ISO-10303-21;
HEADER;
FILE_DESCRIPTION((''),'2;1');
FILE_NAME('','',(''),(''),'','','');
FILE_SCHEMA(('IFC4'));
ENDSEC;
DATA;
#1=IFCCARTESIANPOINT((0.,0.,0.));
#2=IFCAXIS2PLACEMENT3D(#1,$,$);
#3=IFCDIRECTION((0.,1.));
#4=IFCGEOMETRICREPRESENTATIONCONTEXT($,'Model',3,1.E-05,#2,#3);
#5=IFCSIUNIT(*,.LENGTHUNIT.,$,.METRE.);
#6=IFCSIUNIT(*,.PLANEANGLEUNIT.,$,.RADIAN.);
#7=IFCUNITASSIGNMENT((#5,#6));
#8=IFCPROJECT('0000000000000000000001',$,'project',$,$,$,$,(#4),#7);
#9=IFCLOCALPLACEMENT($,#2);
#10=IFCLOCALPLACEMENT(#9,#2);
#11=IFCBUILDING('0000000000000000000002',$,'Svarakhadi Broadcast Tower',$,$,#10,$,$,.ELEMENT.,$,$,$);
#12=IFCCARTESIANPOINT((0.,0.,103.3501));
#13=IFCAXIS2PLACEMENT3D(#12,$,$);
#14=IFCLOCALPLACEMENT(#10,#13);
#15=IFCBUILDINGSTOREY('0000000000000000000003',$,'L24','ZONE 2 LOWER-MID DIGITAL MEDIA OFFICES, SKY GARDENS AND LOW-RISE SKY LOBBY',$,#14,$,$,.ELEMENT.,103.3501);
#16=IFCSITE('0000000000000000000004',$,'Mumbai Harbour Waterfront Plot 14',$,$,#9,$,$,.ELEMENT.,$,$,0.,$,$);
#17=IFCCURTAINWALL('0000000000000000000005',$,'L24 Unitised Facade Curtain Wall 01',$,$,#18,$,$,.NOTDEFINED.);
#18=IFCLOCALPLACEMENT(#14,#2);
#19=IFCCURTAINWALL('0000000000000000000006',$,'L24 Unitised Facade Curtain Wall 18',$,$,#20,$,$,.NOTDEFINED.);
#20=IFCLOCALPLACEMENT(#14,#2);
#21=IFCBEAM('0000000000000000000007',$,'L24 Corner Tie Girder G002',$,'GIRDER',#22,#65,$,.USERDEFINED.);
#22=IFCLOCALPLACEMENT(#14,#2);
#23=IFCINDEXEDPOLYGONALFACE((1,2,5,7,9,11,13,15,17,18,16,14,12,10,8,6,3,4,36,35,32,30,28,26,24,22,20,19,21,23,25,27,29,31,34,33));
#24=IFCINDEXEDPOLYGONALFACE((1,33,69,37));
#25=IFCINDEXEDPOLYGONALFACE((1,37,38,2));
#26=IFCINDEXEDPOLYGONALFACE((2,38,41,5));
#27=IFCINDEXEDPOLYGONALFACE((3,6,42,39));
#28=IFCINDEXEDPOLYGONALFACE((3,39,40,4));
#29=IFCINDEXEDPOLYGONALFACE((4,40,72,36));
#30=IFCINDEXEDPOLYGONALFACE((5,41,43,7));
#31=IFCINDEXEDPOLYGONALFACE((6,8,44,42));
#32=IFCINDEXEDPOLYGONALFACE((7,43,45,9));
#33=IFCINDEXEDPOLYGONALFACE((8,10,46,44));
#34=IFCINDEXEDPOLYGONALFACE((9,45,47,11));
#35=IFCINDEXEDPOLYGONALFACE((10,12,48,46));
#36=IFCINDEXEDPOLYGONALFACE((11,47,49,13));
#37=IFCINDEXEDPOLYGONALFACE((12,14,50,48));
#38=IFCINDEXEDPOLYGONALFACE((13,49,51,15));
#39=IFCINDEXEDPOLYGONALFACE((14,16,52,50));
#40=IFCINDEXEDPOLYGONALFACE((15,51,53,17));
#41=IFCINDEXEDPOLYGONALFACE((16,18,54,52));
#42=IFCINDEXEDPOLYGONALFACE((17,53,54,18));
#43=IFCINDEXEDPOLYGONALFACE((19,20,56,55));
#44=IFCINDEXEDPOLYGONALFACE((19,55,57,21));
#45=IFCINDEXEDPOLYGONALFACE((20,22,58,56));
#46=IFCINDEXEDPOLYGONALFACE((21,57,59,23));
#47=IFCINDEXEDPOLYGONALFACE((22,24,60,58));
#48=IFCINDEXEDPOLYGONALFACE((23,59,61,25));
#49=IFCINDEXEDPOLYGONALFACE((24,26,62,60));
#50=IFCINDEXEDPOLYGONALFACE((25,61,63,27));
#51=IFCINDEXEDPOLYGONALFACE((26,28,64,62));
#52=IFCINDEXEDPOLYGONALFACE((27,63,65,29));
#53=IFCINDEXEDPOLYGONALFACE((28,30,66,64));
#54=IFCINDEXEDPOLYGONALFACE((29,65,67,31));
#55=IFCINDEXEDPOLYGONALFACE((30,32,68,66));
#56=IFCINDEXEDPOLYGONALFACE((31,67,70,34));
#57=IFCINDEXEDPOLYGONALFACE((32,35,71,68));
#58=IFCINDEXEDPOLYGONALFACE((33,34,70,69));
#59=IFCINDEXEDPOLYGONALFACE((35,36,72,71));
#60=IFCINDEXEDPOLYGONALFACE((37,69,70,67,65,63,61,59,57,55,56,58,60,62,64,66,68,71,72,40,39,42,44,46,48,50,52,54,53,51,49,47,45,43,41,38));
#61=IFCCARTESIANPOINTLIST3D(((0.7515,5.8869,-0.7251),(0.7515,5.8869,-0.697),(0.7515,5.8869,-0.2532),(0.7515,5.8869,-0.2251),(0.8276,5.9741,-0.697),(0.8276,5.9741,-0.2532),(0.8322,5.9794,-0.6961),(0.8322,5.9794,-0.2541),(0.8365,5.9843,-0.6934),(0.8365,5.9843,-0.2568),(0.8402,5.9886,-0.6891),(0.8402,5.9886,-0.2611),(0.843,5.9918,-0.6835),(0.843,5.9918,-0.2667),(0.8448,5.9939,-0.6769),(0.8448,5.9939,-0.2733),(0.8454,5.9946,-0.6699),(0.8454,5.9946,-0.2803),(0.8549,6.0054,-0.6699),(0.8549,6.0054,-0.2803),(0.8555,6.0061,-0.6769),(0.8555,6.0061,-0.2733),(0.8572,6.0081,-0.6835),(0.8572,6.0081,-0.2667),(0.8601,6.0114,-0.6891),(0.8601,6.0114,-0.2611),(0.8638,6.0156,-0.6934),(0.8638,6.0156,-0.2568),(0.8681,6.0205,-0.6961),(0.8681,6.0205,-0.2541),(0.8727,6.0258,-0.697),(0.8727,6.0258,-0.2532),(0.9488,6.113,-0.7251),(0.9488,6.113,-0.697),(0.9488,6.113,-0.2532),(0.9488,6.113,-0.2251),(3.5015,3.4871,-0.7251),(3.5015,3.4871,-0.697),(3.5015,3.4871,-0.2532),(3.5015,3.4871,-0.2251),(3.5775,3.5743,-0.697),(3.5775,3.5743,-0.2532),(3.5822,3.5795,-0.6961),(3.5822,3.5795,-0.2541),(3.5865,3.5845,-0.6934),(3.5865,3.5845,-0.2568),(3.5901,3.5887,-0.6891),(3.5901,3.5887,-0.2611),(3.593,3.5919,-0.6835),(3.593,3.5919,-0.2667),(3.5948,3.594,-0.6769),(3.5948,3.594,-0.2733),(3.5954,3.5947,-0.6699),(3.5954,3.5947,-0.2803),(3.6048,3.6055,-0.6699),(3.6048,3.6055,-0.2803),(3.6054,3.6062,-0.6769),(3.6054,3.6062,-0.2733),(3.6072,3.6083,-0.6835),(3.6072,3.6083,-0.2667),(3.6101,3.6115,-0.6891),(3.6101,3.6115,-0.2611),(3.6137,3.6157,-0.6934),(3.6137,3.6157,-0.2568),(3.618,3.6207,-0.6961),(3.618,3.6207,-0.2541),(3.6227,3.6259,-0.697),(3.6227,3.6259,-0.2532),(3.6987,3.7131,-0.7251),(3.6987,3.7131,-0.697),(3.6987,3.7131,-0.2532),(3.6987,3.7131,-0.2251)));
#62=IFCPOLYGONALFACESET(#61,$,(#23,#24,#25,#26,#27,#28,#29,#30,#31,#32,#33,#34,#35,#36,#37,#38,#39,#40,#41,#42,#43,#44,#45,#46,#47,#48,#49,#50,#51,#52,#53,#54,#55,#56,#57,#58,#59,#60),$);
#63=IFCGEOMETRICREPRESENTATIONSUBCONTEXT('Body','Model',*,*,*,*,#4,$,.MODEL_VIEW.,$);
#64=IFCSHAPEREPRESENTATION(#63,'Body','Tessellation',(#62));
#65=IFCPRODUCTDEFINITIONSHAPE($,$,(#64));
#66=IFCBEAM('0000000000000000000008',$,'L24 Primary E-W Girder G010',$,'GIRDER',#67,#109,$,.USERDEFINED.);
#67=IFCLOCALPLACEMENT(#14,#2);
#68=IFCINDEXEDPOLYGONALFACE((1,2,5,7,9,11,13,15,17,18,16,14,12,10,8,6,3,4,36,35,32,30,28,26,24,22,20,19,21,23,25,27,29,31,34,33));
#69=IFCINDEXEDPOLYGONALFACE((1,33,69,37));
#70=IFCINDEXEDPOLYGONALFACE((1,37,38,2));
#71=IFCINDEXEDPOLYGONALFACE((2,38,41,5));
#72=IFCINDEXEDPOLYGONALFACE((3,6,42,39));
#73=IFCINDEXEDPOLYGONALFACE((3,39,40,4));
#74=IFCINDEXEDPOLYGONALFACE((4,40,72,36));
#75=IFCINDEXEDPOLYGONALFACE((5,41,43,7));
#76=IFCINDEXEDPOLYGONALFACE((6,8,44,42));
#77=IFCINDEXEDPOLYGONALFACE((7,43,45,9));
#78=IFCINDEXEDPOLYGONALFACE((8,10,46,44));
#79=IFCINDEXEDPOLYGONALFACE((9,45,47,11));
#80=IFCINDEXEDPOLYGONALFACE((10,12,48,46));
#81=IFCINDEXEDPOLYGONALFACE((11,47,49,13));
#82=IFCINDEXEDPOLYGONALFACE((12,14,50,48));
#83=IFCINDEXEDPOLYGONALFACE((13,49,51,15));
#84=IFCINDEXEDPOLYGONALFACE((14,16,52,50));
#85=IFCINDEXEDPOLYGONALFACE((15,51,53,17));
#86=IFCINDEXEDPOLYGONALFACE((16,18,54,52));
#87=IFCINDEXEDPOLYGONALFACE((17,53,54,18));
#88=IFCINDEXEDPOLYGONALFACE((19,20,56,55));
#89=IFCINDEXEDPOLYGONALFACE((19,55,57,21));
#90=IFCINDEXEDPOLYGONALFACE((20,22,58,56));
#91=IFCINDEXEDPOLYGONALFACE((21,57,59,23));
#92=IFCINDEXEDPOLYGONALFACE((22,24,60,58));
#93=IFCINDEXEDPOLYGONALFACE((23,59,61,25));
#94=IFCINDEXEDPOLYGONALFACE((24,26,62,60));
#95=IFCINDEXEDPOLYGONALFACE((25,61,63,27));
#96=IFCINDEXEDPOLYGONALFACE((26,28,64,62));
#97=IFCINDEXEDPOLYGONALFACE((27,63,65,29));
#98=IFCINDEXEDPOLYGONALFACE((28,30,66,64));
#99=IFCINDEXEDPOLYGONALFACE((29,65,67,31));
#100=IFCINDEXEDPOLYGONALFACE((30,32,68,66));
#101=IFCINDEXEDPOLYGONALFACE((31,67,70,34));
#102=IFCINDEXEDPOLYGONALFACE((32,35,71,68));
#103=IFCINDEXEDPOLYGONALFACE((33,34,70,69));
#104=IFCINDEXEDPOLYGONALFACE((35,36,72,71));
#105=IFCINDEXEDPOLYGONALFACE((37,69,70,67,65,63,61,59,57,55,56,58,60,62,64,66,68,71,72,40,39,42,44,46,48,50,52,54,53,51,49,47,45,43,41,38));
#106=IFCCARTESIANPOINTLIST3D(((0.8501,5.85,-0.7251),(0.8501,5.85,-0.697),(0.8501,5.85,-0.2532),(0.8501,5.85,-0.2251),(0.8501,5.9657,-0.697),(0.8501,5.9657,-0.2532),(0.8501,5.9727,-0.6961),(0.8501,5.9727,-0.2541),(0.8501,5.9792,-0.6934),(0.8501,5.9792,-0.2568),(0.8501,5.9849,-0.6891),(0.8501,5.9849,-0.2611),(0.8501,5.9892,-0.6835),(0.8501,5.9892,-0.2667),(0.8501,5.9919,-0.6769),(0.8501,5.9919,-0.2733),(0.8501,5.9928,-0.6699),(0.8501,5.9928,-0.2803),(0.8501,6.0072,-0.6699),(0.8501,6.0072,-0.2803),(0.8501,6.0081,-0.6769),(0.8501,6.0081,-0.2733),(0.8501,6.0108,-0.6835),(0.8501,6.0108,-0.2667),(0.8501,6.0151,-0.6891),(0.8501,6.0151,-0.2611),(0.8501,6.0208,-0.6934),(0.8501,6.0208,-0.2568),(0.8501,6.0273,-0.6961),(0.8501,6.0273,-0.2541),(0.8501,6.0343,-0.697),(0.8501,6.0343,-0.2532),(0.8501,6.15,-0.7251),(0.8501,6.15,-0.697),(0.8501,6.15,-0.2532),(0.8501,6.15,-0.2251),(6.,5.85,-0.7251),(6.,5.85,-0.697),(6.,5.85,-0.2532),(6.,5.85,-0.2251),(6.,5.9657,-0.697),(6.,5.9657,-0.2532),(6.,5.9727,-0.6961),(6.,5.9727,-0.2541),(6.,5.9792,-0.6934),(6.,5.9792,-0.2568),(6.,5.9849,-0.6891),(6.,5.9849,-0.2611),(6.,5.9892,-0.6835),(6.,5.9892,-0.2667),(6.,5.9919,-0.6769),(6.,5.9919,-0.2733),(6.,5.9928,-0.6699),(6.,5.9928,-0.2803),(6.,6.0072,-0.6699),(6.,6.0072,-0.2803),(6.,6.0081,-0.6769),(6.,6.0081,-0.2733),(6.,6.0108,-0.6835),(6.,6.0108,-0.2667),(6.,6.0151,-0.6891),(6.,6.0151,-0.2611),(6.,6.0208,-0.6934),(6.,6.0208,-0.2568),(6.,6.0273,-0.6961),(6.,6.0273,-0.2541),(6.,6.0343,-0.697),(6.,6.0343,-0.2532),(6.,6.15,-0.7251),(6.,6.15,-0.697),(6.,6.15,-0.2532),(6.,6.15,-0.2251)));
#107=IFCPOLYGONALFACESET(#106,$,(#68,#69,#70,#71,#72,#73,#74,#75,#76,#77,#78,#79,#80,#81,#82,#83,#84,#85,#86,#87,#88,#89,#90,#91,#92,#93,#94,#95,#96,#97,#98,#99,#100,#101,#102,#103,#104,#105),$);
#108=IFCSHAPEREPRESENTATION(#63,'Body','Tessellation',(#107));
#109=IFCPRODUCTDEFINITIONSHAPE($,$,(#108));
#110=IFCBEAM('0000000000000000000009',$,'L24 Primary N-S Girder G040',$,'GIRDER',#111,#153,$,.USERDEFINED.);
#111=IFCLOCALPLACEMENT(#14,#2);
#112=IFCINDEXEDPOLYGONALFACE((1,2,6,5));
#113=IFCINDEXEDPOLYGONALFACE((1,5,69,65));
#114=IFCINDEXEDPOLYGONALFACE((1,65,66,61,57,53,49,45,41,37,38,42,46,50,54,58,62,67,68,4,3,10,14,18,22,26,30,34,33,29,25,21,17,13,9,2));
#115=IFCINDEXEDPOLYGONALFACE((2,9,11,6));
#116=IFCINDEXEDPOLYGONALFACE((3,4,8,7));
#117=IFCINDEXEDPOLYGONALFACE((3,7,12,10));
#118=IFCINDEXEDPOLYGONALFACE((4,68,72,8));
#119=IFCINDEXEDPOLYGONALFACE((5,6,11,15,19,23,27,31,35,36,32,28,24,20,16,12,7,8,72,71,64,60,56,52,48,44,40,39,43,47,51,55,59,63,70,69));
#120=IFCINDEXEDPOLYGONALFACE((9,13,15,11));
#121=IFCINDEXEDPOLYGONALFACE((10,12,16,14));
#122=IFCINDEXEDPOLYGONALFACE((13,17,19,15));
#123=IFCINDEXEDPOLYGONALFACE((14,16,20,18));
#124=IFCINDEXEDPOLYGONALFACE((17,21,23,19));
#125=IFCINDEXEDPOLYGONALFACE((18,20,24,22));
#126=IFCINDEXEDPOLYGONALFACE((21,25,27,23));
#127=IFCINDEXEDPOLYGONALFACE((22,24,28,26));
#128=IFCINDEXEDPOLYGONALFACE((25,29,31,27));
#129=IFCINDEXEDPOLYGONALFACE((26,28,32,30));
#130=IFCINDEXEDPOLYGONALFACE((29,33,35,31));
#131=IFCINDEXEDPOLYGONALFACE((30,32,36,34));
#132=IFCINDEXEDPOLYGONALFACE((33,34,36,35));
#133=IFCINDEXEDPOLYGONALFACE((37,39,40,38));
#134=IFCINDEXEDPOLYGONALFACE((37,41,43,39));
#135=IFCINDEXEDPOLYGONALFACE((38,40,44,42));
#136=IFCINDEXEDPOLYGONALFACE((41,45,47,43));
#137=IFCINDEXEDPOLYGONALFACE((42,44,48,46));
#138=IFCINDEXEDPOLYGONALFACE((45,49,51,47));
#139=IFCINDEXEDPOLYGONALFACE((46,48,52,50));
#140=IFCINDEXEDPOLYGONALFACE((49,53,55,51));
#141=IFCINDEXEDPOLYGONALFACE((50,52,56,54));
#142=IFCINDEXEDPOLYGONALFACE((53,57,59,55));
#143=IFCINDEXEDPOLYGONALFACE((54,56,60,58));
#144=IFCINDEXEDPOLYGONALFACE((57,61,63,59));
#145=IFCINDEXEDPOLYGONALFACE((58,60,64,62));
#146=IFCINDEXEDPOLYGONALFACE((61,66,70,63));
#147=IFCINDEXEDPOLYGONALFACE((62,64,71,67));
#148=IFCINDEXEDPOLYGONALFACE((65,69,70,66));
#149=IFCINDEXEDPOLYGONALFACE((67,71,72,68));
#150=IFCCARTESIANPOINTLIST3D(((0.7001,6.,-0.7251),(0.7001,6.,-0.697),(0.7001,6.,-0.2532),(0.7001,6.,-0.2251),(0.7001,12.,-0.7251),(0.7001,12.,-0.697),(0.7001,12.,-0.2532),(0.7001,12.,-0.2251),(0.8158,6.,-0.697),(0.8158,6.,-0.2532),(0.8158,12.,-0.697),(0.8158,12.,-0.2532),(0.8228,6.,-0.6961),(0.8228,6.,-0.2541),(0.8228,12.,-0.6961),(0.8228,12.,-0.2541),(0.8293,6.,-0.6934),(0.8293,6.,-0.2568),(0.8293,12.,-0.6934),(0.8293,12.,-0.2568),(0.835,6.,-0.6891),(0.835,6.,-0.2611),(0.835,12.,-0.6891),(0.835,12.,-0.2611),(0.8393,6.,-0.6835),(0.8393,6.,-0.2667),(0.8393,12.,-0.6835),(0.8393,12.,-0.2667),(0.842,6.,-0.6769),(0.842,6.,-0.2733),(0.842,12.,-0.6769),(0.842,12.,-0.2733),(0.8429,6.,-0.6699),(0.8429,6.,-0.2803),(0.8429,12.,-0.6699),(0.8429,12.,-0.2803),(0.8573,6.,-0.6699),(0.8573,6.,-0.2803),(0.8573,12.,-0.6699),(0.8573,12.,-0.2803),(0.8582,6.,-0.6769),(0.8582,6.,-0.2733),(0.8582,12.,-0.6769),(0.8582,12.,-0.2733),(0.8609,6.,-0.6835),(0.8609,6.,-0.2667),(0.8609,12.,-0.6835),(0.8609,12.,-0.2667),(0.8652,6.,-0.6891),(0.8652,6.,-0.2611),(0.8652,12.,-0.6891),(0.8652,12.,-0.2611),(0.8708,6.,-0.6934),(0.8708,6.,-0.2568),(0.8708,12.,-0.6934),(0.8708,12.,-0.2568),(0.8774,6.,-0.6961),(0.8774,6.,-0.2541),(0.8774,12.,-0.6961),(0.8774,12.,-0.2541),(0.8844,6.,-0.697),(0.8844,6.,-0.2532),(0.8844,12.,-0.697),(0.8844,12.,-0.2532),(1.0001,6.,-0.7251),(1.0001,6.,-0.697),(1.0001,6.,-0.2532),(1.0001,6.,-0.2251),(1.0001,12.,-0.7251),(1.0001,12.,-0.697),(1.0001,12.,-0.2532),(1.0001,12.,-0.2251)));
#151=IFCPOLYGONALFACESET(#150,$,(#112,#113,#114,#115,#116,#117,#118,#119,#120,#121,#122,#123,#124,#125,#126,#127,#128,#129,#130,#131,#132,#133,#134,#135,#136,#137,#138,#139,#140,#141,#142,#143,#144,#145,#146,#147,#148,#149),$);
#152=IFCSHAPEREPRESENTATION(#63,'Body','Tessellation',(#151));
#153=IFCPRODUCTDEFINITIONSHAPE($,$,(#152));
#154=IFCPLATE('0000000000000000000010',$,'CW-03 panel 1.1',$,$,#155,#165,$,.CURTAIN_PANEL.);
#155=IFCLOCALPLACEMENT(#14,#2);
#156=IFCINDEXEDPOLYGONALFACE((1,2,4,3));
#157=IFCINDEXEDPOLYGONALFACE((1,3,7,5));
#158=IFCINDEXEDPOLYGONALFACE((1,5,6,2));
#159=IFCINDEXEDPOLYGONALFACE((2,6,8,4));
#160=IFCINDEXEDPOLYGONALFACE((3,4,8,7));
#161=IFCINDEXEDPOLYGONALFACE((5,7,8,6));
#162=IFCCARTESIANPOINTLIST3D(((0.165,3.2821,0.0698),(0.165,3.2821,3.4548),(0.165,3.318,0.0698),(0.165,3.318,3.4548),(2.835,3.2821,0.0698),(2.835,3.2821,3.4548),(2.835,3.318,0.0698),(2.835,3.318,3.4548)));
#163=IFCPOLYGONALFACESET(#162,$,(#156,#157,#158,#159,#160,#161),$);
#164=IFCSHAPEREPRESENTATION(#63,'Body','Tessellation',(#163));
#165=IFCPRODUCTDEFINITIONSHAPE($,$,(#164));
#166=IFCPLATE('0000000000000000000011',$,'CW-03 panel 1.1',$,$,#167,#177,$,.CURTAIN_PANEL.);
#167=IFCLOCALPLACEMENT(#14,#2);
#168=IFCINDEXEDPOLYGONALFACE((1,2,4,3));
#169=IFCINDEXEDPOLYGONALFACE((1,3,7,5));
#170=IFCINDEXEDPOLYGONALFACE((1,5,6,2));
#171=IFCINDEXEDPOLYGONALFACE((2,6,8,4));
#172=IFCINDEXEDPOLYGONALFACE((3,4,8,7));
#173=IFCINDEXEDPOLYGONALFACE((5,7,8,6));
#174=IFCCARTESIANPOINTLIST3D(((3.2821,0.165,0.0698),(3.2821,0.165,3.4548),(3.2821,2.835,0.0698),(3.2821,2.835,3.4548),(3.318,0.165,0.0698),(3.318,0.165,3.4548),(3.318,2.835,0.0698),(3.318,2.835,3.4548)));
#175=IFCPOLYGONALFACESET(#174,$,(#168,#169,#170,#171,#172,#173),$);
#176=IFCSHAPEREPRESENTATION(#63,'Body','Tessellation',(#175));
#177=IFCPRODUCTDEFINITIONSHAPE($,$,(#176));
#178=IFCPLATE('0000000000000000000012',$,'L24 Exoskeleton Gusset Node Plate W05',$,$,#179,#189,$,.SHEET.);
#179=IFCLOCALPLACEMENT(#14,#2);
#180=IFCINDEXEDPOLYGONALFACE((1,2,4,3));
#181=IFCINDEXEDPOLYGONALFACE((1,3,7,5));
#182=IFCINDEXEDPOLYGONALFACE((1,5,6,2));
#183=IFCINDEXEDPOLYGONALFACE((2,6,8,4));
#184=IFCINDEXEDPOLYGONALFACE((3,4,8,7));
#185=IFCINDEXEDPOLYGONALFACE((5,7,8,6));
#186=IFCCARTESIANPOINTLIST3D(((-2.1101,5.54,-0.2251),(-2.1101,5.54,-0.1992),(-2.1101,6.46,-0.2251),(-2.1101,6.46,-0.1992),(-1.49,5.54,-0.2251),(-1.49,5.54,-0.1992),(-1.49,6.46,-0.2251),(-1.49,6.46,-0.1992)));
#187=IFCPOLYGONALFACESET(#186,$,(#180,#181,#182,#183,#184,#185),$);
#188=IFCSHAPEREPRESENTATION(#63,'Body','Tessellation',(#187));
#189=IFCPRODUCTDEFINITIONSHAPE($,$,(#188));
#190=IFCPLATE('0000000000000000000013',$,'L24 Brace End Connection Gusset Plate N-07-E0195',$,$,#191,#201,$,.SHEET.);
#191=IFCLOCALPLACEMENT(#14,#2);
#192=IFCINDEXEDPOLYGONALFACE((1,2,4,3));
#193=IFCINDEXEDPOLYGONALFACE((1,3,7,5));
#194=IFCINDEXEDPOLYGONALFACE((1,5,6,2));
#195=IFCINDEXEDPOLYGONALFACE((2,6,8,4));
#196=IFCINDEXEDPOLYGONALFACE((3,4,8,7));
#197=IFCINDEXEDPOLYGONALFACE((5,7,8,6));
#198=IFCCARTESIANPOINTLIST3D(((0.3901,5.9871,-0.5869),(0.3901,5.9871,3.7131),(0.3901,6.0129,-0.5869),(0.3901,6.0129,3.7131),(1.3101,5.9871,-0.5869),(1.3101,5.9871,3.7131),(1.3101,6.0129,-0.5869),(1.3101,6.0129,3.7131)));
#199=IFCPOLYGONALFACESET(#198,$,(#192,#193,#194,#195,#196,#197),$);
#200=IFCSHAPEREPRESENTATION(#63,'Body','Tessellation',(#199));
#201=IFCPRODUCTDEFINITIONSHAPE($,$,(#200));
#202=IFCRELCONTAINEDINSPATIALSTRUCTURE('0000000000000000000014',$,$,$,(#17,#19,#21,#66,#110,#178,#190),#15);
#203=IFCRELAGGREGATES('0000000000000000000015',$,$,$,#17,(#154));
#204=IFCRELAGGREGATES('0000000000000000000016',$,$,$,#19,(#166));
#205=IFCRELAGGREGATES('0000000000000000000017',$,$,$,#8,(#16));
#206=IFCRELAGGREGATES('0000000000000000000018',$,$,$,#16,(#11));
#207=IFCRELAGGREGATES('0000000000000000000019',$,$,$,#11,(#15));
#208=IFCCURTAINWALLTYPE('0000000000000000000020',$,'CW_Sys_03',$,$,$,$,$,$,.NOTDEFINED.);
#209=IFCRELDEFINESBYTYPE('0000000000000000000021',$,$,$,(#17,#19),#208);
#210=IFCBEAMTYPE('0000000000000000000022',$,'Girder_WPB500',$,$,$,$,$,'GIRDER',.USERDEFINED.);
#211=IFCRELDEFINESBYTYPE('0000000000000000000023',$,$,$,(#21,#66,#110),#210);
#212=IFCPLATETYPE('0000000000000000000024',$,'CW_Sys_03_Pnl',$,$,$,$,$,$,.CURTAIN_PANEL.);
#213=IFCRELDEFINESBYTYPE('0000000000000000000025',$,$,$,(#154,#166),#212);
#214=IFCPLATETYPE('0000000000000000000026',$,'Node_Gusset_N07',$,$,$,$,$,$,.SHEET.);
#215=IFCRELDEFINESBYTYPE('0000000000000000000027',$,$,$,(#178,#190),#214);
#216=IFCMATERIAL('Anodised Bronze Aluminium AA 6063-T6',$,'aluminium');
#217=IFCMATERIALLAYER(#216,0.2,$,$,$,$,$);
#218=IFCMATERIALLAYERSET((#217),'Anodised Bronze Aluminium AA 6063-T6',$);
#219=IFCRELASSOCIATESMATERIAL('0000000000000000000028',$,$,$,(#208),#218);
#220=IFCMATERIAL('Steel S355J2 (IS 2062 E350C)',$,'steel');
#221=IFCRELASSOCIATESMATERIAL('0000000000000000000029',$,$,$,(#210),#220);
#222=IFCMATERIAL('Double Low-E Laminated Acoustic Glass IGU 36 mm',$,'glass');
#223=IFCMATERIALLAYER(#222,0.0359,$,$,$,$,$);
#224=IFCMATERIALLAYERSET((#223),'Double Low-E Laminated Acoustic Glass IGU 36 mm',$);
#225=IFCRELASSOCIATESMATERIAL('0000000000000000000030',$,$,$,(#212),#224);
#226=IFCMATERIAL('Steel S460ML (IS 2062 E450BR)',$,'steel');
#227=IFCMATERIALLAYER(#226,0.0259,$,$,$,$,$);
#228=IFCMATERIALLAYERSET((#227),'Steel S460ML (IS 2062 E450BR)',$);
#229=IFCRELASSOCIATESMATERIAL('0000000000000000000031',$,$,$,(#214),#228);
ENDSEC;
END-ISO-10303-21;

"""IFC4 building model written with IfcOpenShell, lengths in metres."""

from ifc_helpers import new_model, si_unit, direction, frame, origin, origin_2d, place, context, subcontext, project, spatial, rectangle, i_section, extrude, material, layer, layer_set, material_profile, profile_set, type_object, element, aggregate, save


model = new_model("IFC4")

# Units and contexts
model_context = context("Model", 3, precision=1e-05, world=origin(), true_north=direction((0.0, 1.0)))
body_context = subcontext(model_context, "Body", "Model", "MODEL_VIEW")
ifc_project = project(units=[si_unit("LENGTHUNIT", "METRE"), si_unit("PLANEANGLEUNIT", "RADIAN")], contexts=[model_context])

# Site, building, storey
site_placement = place(None, origin())
site = spatial("IfcSite", under=ifc_project, at=site_placement, Name="Mumbai Harbour Waterfront Plot 14", CompositionType="ELEMENT", RefElevation=0.0)
building_placement = place(site_placement, origin())
building = spatial("IfcBuilding", under=site, at=building_placement, Name="Svarakhadi Broadcast Tower", CompositionType="ELEMENT")
storey_placement = place(building_placement, frame((0.0, 0.0, 103.3501)))
storey = spatial("IfcBuildingStorey", under=building, at=storey_placement, Name="L24", Description="ZONE 2 LOWER-MID DIGITAL MEDIA OFFICES, SKY GARDENS AND LOW-RISE SKY LOBBY", CompositionType="ELEMENT", Elevation=103.3501)

# Shared definitions
ifc_material_1 = material(Name="Steel S460ML (IS 2062 E450BR)", Category="steel")

# Curtain wall
ifc_material_2 = material(Name="Anodised Bronze Aluminium AA 6063-T6", Category="aluminium")
ifc_layer_1 = layer(ifc_material_2, 0.2)
ifc_layer_set_1 = layer_set([ifc_layer_1], Name="Anodised Bronze Aluminium AA 6063-T6")
curtain_wall_type = type_object("IfcCurtainWallType", Name="CW_Sys_03", PredefinedType="NOTDEFINED", material=ifc_layer_set_1)
curtain_wall_1_placement = place(storey_placement, origin())
curtain_wall_1 = element("IfcCurtainWall", 1, at=curtain_wall_1_placement, inside=storey, type_object=curtain_wall_type, Name="L24 Unitised Facade Curtain Wall 01", PredefinedType="NOTDEFINED")

# Curtain wall
curtain_wall_2_placement = place(storey_placement, origin())
curtain_wall_2 = element("IfcCurtainWall", 2, at=curtain_wall_2_placement, inside=storey, type_object=curtain_wall_type, Name="L24 Unitised Facade Curtain Wall 18", PredefinedType="NOTDEFINED")

# Beams
ifc_material_3 = material(Name="Steel S355J2 (IS 2062 E350C)", Category="steel")
ifc_material_profile_1 = material_profile(ifc_material_3, i_section(OverallWidth=0.3, OverallDepth=0.5, WebThickness=0.0144, FlangeThickness=0.0281, FilletRadius=0.0271, at=origin_2d()), Name="WPB 500x300x187")
ifc_profile_set_1 = profile_set([ifc_material_profile_1], Name="Steel S355J2 (IS 2062 E350C)")
beam_type = type_object("IfcBeamType", Name="Girder_WPB500", ElementType="GIRDER", PredefinedType="USERDEFINED", material=ifc_profile_set_1)
beam_1_placement = place(storey_placement, frame((3.6001, 3.6001, -0.4751), z_axis=(-0.753438, 0.657519, 0.0), x_axis=(-0.657519, -0.753438, 0.0)))
element("IfcBeam", 3, at=beam_1_placement, inside=storey, type_object=beam_type, Name="L24 Corner Tie Girder G002", ObjectType="GIRDER", PredefinedType="USERDEFINED", context=body_context, shape_type="SweptSolid", body=[
    extrude(i_section(OverallWidth=0.3, OverallDepth=0.5, WebThickness=0.0144, FlangeThickness=0.0281, FilletRadius=0.0271, at=origin_2d()), origin(), (0.0, 0.0, 1.0), 3.6499),
])
beam_2_placement = place(storey_placement, frame((0.8501, 6.0, -0.4751), z_axis=(1.0, 0.0, 0.0), x_axis=(0.0, 1.0, 0.0)))
element("IfcBeam", 4, at=beam_2_placement, inside=storey, type_object=beam_type, Name="L24 Primary E-W Girder G010", ObjectType="GIRDER", PredefinedType="USERDEFINED", context=body_context, shape_type="SweptSolid", body=[
    extrude(i_section(OverallWidth=0.3, OverallDepth=0.5, WebThickness=0.0144, FlangeThickness=0.0281, FilletRadius=0.0271, at=origin_2d()), origin(), (0.0, 0.0, 1.0), 5.1499),
])
beam_3_placement = place(storey_placement, frame((0.8501, 6.0, -0.4751), z_axis=(0.0, 1.0, 0.0), x_axis=(-1.0, 0.0, 0.0)))
element("IfcBeam", 5, at=beam_3_placement, inside=storey, type_object=beam_type, Name="L24 Primary N-S Girder G040", ObjectType="GIRDER", PredefinedType="USERDEFINED", context=body_context, shape_type="SweptSolid", body=[
    extrude(i_section(OverallWidth=0.3, OverallDepth=0.5, WebThickness=0.0144, FlangeThickness=0.0281, FilletRadius=0.0271, at=origin_2d()), origin(), (0.0, 0.0, 1.0), 6.0),
])

# Plates
ifc_material_4 = material(Name="Double Low-E Laminated Acoustic Glass IGU 36 mm", Category="glass")
ifc_layer_2 = layer(ifc_material_4, 0.0359)
ifc_layer_set_2 = layer_set([ifc_layer_2], Name="Double Low-E Laminated Acoustic Glass IGU 36 mm")
plate_type_1 = type_object("IfcPlateType", Name="CW_Sys_03_Pnl", PredefinedType="CURTAIN_PANEL", material=ifc_layer_set_2)
plate_1_placement = place(storey_placement, frame((1.5, 3.3, 0.0698), z_axis=(0.0, 0.0, 1.0), x_axis=(-1.0, 0.0, 0.0)))
plate_1 = element("IfcPlate", 6, at=plate_1_placement, type_object=plate_type_1, Name="CW-03 panel 1.1", PredefinedType="CURTAIN_PANEL", context=body_context, shape_type="SweptSolid", body=[
    extrude(rectangle(XDim=2.6699, YDim=0.0359, at=origin_2d()), origin(), (0.0, 0.0, 1.0), 3.385),
])
aggregate(curtain_wall_1, [plate_1])
plate_2_placement = place(storey_placement, frame((3.3, 1.5, 0.0698), z_axis=(0.0, 0.0, 1.0), x_axis=(0.0, 1.0, 0.0)))
plate_2 = element("IfcPlate", 7, at=plate_2_placement, type_object=plate_type_1, Name="CW-03 panel 1.1", PredefinedType="CURTAIN_PANEL", context=body_context, shape_type="SweptSolid", body=[
    extrude(rectangle(XDim=2.6699, YDim=0.0359, at=origin_2d()), origin(), (0.0, 0.0, 1.0), 3.385),
])
aggregate(curtain_wall_2, [plate_2])

# Plates
ifc_layer_3 = layer(ifc_material_1, 0.0259)
ifc_layer_set_3 = layer_set([ifc_layer_3], Name="Steel S460ML (IS 2062 E450BR)")
plate_type_2 = type_object("IfcPlateType", Name="Node_Gusset_N07", PredefinedType="SHEET", material=ifc_layer_set_3)
plate_3_placement = place(storey_placement, frame((-1.8, 6.0, -0.2251), z_axis=(0.0, 0.0, 1.0), x_axis=(0.0, 1.0, 0.0)))
element("IfcPlate", 8, at=plate_3_placement, inside=storey, type_object=plate_type_2, Name="L24 Exoskeleton Gusset Node Plate W05", PredefinedType="SHEET", context=body_context, shape_type="SweptSolid", body=[
    extrude(rectangle(XDim=0.9199, YDim=0.6201, at=origin_2d()), origin(), (0.0, 0.0, 1.0), 0.0259),
])
plate_4_placement = place(storey_placement, frame((0.8501, 6.0, -0.5869), z_axis=(0.0, 0.0, 1.0), x_axis=(1.0, 0.0, 0.0)))
element("IfcPlate", 9, at=plate_4_placement, inside=storey, type_object=plate_type_2, Name="L24 Brace End Connection Gusset Plate N-07-E0195", PredefinedType="SHEET", context=body_context, shape_type="SweptSolid", body=[
    extrude(rectangle(XDim=0.9199, YDim=0.0259, at=origin_2d()), origin(), (0.0, 0.0, 1.0), 4.3),
])

save(model, "model.ifc")
